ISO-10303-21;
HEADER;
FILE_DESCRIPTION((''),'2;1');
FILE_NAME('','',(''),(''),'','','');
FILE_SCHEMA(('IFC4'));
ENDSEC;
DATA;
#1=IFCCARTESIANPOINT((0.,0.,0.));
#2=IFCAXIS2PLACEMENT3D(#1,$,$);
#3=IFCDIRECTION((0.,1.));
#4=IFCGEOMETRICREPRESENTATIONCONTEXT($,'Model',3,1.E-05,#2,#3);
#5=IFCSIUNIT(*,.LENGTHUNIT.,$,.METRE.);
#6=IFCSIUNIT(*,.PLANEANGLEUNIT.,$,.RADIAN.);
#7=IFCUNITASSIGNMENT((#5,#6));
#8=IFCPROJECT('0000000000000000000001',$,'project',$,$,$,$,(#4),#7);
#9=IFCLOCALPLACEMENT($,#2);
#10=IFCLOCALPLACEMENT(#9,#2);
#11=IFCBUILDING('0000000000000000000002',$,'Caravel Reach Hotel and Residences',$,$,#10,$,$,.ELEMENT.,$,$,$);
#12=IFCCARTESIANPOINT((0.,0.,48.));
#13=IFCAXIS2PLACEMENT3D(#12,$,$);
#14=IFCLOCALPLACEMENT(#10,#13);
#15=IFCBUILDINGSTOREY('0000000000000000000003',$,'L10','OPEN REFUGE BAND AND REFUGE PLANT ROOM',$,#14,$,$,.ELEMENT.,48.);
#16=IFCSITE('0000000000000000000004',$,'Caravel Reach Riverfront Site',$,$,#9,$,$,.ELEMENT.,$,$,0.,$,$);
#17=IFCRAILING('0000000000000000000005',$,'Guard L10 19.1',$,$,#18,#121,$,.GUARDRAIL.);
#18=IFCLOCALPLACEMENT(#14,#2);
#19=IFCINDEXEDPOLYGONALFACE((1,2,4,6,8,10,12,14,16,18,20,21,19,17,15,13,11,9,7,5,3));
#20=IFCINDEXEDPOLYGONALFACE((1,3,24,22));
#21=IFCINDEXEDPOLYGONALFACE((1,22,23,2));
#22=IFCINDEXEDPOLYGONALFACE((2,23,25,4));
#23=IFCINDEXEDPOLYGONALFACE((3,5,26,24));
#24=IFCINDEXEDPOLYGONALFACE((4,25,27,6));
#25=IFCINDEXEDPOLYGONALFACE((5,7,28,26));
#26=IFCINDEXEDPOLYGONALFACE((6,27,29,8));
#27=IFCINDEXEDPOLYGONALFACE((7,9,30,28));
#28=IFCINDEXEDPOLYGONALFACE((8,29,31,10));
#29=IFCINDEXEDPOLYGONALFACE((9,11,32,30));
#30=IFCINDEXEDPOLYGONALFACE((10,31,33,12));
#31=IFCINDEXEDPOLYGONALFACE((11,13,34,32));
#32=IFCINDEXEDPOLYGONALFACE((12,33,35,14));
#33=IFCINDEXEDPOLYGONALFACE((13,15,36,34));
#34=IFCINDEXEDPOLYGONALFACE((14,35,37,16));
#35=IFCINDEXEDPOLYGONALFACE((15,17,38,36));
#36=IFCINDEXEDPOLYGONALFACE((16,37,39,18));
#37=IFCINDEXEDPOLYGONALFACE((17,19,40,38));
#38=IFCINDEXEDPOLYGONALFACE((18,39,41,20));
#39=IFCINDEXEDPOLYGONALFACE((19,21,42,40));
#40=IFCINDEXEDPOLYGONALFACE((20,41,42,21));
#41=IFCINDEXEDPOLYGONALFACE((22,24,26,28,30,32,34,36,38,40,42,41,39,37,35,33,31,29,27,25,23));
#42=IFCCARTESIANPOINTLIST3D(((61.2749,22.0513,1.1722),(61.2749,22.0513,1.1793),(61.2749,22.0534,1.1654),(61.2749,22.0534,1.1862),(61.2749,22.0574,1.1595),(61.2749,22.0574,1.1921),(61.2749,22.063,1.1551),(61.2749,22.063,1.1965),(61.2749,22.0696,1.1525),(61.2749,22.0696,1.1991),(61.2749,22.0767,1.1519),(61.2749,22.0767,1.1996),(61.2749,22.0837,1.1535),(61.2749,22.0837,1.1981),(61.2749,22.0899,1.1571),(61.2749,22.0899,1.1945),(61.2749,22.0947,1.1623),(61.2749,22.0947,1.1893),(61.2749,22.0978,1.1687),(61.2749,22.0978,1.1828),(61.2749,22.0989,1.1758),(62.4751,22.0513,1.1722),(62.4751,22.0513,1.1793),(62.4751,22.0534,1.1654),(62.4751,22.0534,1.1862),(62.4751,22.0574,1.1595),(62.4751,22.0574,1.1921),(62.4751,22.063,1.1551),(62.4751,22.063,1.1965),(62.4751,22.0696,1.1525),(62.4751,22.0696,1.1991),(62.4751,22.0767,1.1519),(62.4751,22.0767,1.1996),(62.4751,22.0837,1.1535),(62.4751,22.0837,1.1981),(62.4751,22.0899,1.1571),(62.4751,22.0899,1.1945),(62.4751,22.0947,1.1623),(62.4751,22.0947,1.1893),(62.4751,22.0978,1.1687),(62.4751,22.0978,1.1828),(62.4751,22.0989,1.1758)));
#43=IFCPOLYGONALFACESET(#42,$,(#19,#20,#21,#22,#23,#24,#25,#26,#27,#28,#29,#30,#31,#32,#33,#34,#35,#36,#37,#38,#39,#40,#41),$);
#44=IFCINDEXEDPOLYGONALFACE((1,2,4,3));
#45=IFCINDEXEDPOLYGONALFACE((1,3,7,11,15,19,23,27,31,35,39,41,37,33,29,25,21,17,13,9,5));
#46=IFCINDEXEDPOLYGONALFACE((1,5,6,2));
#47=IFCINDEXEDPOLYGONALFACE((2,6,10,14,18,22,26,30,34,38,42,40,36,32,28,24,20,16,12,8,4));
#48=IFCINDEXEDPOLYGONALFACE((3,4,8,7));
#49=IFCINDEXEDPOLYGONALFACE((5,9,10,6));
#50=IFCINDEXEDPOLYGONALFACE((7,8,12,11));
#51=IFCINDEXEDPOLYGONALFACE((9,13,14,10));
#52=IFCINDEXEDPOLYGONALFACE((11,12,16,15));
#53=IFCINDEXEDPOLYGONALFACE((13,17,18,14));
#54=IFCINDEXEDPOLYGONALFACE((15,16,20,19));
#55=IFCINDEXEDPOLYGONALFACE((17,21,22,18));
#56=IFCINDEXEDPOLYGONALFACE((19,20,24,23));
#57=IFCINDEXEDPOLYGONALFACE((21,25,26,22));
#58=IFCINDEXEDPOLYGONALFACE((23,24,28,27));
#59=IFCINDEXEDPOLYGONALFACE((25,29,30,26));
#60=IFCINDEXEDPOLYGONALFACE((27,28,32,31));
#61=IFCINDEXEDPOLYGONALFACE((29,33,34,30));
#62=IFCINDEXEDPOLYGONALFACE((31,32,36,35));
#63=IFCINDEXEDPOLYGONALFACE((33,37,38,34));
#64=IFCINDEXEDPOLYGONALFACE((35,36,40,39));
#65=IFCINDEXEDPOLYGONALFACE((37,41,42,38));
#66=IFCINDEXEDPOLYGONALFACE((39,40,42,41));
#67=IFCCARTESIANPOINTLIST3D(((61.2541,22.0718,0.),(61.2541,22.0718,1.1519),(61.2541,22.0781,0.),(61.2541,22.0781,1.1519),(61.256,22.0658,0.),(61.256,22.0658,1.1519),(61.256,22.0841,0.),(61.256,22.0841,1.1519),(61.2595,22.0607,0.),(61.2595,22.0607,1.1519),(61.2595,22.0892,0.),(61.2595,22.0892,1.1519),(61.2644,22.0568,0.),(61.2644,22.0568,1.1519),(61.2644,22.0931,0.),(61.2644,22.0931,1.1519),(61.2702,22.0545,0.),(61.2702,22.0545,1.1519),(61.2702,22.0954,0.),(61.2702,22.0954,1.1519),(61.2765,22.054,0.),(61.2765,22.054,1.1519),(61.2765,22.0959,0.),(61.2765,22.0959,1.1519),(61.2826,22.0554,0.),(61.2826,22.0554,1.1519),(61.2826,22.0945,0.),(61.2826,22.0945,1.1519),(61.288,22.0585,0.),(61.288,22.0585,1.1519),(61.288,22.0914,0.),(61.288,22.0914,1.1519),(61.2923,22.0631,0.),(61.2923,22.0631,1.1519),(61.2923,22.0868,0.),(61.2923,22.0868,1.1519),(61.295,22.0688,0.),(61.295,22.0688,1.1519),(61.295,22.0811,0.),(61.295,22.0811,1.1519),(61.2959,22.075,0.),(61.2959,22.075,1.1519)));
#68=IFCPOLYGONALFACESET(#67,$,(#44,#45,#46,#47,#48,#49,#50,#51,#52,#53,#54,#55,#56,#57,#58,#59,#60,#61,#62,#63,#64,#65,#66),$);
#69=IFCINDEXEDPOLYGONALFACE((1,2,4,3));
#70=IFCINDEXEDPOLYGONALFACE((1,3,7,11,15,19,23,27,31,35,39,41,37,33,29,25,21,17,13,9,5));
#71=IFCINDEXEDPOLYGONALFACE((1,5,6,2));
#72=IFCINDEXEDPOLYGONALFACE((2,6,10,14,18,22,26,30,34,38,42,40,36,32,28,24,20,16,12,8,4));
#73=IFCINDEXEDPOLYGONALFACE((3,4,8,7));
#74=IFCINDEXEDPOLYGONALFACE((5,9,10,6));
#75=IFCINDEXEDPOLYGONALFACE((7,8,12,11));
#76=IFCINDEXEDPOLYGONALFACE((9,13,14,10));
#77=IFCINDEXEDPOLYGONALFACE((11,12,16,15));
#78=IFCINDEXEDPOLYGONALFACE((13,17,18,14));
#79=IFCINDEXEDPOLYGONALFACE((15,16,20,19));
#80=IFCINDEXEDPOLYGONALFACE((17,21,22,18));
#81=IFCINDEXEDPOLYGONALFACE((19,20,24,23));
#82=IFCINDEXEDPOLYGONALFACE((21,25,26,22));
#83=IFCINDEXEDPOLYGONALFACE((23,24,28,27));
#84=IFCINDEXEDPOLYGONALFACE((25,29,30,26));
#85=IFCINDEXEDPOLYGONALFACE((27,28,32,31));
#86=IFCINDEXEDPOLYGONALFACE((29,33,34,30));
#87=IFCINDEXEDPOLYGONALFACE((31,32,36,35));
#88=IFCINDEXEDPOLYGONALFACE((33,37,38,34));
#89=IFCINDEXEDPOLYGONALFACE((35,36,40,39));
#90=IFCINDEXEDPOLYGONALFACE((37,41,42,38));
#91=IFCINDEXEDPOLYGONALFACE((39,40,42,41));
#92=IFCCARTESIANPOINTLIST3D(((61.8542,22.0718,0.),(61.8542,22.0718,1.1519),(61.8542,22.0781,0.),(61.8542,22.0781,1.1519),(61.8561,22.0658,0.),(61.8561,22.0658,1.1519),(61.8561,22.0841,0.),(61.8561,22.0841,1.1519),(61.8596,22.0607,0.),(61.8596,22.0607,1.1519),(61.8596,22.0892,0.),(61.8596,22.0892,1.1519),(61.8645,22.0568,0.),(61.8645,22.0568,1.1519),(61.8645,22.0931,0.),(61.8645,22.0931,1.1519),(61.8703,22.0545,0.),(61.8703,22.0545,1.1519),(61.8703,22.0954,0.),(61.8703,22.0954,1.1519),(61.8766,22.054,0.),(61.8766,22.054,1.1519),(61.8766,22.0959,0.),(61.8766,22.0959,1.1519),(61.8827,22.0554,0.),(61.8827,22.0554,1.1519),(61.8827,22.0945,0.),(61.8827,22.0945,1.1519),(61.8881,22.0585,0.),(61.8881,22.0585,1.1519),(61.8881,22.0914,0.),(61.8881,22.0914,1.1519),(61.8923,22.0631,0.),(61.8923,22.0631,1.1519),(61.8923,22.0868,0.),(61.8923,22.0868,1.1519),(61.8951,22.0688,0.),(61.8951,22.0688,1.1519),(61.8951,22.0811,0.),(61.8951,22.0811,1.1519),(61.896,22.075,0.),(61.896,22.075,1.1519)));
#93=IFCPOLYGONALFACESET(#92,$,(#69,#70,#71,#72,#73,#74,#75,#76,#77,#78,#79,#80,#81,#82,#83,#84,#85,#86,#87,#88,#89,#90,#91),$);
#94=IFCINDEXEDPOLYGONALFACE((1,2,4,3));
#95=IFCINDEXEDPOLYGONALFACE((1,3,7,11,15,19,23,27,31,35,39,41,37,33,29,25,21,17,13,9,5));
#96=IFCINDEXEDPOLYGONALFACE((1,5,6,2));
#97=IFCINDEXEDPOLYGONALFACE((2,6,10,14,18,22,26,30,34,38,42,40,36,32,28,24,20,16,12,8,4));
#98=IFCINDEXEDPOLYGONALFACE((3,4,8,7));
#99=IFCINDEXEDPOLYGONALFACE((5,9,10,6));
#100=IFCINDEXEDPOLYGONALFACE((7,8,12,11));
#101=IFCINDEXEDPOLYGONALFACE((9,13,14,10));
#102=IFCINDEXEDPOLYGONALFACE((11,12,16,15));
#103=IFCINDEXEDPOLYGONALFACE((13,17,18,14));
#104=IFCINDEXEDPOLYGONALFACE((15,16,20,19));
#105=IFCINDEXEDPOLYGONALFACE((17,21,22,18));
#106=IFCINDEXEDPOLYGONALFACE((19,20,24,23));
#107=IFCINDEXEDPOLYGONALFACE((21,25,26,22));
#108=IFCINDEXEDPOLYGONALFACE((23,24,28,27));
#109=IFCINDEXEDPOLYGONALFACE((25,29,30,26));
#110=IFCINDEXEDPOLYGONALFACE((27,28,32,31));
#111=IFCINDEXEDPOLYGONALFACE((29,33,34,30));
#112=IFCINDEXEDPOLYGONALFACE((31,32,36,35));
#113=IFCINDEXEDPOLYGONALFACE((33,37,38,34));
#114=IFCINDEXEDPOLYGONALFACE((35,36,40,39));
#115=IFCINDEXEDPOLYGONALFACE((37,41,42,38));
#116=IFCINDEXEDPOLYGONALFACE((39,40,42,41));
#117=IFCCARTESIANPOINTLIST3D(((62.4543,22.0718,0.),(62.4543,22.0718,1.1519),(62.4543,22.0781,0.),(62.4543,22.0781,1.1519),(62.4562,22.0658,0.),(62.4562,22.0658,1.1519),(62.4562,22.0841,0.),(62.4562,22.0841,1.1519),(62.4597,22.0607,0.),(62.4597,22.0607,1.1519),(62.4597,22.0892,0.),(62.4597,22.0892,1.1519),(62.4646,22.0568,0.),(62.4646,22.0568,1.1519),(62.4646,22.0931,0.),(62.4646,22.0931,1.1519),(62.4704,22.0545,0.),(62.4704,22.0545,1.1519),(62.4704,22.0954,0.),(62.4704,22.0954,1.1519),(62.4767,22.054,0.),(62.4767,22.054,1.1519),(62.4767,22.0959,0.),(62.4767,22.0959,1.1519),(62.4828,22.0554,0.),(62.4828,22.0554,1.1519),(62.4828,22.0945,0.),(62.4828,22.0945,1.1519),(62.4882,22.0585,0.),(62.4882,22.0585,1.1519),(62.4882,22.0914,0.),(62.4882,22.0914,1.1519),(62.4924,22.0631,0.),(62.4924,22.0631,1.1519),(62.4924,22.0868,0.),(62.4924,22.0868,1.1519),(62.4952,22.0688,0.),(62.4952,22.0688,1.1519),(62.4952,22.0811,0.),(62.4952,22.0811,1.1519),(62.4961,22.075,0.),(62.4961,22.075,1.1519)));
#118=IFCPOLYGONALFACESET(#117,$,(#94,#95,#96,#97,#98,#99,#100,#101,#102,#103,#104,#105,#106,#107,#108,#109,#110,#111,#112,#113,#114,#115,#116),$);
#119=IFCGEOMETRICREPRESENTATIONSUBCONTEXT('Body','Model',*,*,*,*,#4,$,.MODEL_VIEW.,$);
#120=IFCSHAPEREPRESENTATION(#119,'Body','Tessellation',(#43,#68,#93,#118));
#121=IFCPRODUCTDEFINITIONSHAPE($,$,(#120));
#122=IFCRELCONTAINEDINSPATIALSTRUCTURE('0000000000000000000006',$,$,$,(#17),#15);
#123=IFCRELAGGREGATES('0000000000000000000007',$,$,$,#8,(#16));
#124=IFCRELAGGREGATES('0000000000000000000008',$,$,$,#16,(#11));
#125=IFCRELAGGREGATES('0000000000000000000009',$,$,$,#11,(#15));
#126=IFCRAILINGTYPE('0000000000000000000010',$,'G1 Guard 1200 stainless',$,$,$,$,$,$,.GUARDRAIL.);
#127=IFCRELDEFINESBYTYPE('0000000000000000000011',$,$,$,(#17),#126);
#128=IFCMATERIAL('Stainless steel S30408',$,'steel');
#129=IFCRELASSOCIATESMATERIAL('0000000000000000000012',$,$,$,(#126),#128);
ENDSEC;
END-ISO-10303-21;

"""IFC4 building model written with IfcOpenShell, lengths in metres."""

from ifc_helpers import new_model, si_unit, direction, frame, origin, origin_2d, place, context, subcontext, project, spatial, circle, extrude, material, type_object, element, save


model = new_model("IFC4")

# Units and contexts
model_context = context("Model", 3, precision=1e-05, world=origin(), true_north=direction((0.0, 1.0)))
body_context = subcontext(model_context, "Body", "Model", "MODEL_VIEW")
ifc_project = project(units=[si_unit("LENGTHUNIT", "METRE"), si_unit("PLANEANGLEUNIT", "RADIAN")], contexts=[model_context])

# Site, building, storey
site_placement = place(None, origin())
site = spatial("IfcSite", under=ifc_project, at=site_placement, Name="Caravel Reach Riverfront Site", CompositionType="ELEMENT", RefElevation=0.0)
building_placement = place(site_placement, origin())
building = spatial("IfcBuilding", under=site, at=building_placement, Name="Caravel Reach Hotel and Residences", CompositionType="ELEMENT")
storey_placement = place(building_placement, frame((0.0, 0.0, 48.0)))
storey = spatial("IfcBuildingStorey", under=building, at=storey_placement, Name="L10", Description="OPEN REFUGE BAND AND REFUGE PLANT ROOM", CompositionType="ELEMENT", Elevation=48.0)

# Railing
ifc_material_1 = material(Name="Stainless steel S30408", Category="steel")
railing_type_1 = type_object("IfcRailingType", Name="G1 Guard 1200 stainless", PredefinedType="GUARDRAIL", material=ifc_material_1)
railing_1_placement = place(storey_placement, frame((61.2749, 22.075, 0.0)))
element("IfcRailing", 1, at=railing_1_placement, inside=storey, type_object=railing_type_1, Name="Guard L10 19.1", PredefinedType="GUARDRAIL", context=body_context, shape_type="SweptSolid", body=[
    extrude(circle(Radius=0.0239, at=origin_2d()), frame((0.0, 0.0, 1.1758), z_axis=(1.0, 0.0, 0.0), x_axis=(0.0, 1.0, 0.0)), (0.0, 0.0, 1.0), 1.2002),
    extrude(circle(Radius=0.021, at=origin_2d()), origin(), (0.0, 0.0, 1.0), 1.1519),
    extrude(circle(Radius=0.021, at=origin_2d()), frame((0.6001, 0.0, 0.0)), (0.0, 0.0, 1.0), 1.1519),
    extrude(circle(Radius=0.021, at=origin_2d()), frame((1.2002, 0.0, 0.0)), (0.0, 0.0, 1.0), 1.1519),
])

save(model, "model.ifc")
